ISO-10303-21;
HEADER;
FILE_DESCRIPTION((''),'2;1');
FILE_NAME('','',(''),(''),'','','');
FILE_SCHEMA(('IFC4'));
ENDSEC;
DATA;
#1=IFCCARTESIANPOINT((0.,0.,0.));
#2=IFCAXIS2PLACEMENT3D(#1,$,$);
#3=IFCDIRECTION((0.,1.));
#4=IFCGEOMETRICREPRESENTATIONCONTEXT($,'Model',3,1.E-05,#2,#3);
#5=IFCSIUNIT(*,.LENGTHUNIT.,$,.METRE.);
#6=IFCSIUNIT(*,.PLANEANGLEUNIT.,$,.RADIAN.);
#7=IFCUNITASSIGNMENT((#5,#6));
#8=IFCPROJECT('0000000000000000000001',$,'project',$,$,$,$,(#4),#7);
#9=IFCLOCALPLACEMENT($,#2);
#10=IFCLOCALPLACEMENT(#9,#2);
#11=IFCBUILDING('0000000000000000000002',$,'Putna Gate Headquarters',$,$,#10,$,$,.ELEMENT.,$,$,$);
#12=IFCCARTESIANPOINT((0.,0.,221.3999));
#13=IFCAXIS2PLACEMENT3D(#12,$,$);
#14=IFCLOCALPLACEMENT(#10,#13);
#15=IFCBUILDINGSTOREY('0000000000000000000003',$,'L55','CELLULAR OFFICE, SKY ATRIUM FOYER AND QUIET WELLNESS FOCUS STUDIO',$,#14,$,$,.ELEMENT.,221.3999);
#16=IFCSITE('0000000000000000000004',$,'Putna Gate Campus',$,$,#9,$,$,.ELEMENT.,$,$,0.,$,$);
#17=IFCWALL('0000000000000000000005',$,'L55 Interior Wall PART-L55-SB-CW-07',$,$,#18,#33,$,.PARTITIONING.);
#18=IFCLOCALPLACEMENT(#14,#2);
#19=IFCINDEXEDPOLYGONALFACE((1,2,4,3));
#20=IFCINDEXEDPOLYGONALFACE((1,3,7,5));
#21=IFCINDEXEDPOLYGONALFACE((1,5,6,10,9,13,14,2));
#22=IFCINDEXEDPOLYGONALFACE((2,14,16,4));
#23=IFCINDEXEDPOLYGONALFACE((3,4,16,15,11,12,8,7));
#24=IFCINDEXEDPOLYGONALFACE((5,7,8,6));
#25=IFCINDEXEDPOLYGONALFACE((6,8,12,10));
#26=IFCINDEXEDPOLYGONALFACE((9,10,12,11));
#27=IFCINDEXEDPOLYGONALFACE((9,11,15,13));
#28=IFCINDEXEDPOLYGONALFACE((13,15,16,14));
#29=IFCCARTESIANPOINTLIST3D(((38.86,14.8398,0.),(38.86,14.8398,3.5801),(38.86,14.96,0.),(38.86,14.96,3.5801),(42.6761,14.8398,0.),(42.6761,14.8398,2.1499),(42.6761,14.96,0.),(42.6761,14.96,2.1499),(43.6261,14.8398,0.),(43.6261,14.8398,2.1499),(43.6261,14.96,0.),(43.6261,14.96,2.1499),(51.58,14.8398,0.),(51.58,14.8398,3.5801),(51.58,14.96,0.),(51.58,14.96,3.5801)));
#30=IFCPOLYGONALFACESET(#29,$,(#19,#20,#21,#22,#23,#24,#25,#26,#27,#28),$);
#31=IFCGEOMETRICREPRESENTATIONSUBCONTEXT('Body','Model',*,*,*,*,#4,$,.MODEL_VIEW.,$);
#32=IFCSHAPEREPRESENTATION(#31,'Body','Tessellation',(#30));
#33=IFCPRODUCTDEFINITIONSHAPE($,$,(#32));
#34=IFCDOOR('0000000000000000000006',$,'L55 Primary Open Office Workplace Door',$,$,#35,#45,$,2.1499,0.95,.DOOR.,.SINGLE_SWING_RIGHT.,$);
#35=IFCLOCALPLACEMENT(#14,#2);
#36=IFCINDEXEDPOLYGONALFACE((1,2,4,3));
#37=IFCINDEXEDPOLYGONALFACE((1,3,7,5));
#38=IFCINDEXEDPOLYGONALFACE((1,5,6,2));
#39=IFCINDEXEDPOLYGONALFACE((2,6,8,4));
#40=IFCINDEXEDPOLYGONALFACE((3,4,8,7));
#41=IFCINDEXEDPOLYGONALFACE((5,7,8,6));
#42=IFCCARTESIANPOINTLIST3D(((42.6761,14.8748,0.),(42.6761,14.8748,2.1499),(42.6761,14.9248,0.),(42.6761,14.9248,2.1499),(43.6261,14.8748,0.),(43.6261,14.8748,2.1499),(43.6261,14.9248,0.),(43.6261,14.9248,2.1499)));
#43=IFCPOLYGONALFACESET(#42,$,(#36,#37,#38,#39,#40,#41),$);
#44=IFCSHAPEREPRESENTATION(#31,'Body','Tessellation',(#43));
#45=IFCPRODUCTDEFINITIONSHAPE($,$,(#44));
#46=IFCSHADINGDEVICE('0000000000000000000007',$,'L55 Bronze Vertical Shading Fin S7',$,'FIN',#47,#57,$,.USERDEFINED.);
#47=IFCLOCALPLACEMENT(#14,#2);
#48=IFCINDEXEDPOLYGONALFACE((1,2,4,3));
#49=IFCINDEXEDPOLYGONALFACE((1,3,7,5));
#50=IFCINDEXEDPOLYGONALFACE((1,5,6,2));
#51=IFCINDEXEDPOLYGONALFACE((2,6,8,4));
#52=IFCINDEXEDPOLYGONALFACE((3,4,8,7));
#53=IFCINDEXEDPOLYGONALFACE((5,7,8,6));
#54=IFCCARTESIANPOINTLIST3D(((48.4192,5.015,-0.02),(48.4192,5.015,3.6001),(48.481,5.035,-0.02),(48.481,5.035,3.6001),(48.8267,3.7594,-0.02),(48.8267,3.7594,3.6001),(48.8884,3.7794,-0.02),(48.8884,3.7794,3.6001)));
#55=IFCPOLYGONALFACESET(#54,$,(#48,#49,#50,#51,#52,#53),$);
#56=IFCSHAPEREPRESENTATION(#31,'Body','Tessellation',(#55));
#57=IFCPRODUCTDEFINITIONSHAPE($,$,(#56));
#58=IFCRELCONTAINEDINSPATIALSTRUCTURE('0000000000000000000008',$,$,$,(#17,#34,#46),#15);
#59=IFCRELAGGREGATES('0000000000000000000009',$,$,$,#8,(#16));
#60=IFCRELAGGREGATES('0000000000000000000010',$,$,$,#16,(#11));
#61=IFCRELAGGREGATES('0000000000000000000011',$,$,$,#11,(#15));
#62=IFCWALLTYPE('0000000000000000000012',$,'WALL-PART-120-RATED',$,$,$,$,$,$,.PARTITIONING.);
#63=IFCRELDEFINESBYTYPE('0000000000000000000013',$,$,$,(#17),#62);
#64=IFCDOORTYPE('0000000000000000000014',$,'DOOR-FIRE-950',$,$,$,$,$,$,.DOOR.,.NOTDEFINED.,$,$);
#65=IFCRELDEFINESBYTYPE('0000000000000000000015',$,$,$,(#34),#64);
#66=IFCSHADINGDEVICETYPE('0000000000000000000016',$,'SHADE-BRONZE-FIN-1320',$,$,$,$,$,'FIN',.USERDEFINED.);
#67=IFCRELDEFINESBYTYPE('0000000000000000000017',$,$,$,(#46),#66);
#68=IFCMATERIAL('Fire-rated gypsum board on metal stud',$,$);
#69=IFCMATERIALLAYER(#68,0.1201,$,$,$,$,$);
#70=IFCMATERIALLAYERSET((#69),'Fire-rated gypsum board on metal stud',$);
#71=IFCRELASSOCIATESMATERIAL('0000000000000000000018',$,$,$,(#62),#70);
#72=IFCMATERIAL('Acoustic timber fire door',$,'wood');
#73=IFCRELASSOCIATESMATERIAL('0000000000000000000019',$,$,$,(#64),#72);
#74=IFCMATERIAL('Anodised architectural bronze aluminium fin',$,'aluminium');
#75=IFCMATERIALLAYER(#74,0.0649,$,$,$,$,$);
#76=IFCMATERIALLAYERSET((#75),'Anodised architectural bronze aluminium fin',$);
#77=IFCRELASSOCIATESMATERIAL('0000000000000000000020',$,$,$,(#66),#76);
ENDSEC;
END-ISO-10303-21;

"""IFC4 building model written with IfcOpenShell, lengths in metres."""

from ifc_helpers import new_model, si_unit, direction, frame, frame_2d, origin, origin_2d, place, context, subcontext, project, spatial, rectangle, extrude, material, layer, layer_set, type_object, element, fill, save


model = new_model("IFC4")

# Units and contexts
model_context = context("Model", 3, precision=1e-05, world=origin(), true_north=direction((0.0, 1.0)))
body_context = subcontext(model_context, "Body", "Model", "MODEL_VIEW")
ifc_project = project(units=[si_unit("LENGTHUNIT", "METRE"), si_unit("PLANEANGLEUNIT", "RADIAN")], contexts=[model_context])

# Site, building, storey
site_placement = place(None, origin())
site = spatial("IfcSite", under=ifc_project, at=site_placement, Name="Putna Gate Campus", CompositionType="ELEMENT", RefElevation=0.0)
building_placement = place(site_placement, origin())
building = spatial("IfcBuilding", under=site, at=building_placement, Name="Putna Gate Headquarters", CompositionType="ELEMENT")
storey_placement = place(building_placement, frame((0.0, 0.0, 221.3999)))
storey = spatial("IfcBuildingStorey", under=building, at=storey_placement, Name="L55", Description="CELLULAR OFFICE, SKY ATRIUM FOYER AND QUIET WELLNESS FOCUS STUDIO", CompositionType="ELEMENT", Elevation=221.3999)

# Wall, opening, door
ifc_material_1 = material(Name="Fire-rated gypsum board on metal stud")
ifc_layer_1 = layer(ifc_material_1, 0.1201)
ifc_layer_set_1 = layer_set([ifc_layer_1], Name="Fire-rated gypsum board on metal stud")
wall_type_1 = type_object("IfcWallType", Name="WALL-PART-120-RATED", PredefinedType="PARTITIONING", material=ifc_layer_set_1)
wall_1_placement = place(storey_placement, frame((38.8601, 14.8999, 0.0), z_axis=(0.0, 0.0, 1.0), x_axis=(1.0, 0.0, 0.0)))
wall_1 = element("IfcWall", 1, at=wall_1_placement, inside=storey, type_object=wall_type_1, Name="L55 Interior Wall PART-L55-SB-CW-07", PredefinedType="PARTITIONING", context=body_context, shape_type="SweptSolid", body=[
    extrude(rectangle(XDim=12.72, YDim=0.1201, at=frame_2d((6.3599, 0.0))), origin(), (0.0, 0.0, 1.0), 3.5801),
])
opening_placement = place(wall_1_placement, frame((3.8159, 0.0, 0.0)))
opening = element("IfcOpeningElement", 2, at=opening_placement, cuts=wall_1, PredefinedType="OPENING", context=body_context, shape_type="SweptSolid", body=[
    extrude(rectangle(XDim=0.95, YDim=2.1499, at=frame_2d((0.4751, 1.075))), frame((0.0, 0.0701, 0.0), z_axis=(0.0, -1.0, 0.0), x_axis=(1.0, 0.0, 0.0)), (0.0, 0.0, 1.0), 0.1401),
])
ifc_material_2 = material(Name="Acoustic timber fire door", Category="wood")
door_type = type_object("IfcDoorType", Name="DOOR-FIRE-950", OperationType="NOTDEFINED", PredefinedType="DOOR", material=ifc_material_2)
door_placement = place(opening_placement, origin())
door = element("IfcDoor", 3, at=door_placement, inside=storey, type_object=door_type, Name="L55 Primary Open Office Workplace Door", OperationType="SINGLE_SWING_RIGHT", OverallHeight=2.1499, OverallWidth=0.95, PredefinedType="DOOR", context=body_context, shape_type="SweptSolid", body=[
    extrude(rectangle(XDim=0.95, YDim=2.1499, at=frame_2d((0.4751, 1.075))), frame((0.0, 0.0249, 0.0), z_axis=(0.0, -1.0, 0.0), x_axis=(1.0, 0.0, 0.0)), (0.0, 0.0, 1.0), 0.05),
])
fill(opening, door)

# Shading device
ifc_material_3 = material(Name="Anodised architectural bronze aluminium fin", Category="aluminium")
ifc_layer_2 = layer(ifc_material_3, 0.0649)
ifc_layer_set_2 = layer_set([ifc_layer_2], Name="Anodised architectural bronze aluminium fin")
shading_device_type = type_object("IfcShadingDeviceType", Name="SHADE-BRONZE-FIN-1320", ElementType="FIN", PredefinedType="USERDEFINED", material=ifc_layer_set_2)
shading_device_placement = place(storey_placement, frame((48.6538, 4.3972, -0.02), z_axis=(0.0, 0.0, 1.0), x_axis=(0.308685, -0.951164, 0.0)))
element("IfcShadingDevice", 4, at=shading_device_placement, inside=storey, type_object=shading_device_type, Name="L55 Bronze Vertical Shading Fin S7", ObjectType="FIN", PredefinedType="USERDEFINED", context=body_context, shape_type="SweptSolid", body=[
    extrude(rectangle(XDim=1.3201, YDim=0.0649, at=origin_2d()), origin(), (0.0, 0.0, 1.0), 3.6201),
])

save(model, "model.ifc")
